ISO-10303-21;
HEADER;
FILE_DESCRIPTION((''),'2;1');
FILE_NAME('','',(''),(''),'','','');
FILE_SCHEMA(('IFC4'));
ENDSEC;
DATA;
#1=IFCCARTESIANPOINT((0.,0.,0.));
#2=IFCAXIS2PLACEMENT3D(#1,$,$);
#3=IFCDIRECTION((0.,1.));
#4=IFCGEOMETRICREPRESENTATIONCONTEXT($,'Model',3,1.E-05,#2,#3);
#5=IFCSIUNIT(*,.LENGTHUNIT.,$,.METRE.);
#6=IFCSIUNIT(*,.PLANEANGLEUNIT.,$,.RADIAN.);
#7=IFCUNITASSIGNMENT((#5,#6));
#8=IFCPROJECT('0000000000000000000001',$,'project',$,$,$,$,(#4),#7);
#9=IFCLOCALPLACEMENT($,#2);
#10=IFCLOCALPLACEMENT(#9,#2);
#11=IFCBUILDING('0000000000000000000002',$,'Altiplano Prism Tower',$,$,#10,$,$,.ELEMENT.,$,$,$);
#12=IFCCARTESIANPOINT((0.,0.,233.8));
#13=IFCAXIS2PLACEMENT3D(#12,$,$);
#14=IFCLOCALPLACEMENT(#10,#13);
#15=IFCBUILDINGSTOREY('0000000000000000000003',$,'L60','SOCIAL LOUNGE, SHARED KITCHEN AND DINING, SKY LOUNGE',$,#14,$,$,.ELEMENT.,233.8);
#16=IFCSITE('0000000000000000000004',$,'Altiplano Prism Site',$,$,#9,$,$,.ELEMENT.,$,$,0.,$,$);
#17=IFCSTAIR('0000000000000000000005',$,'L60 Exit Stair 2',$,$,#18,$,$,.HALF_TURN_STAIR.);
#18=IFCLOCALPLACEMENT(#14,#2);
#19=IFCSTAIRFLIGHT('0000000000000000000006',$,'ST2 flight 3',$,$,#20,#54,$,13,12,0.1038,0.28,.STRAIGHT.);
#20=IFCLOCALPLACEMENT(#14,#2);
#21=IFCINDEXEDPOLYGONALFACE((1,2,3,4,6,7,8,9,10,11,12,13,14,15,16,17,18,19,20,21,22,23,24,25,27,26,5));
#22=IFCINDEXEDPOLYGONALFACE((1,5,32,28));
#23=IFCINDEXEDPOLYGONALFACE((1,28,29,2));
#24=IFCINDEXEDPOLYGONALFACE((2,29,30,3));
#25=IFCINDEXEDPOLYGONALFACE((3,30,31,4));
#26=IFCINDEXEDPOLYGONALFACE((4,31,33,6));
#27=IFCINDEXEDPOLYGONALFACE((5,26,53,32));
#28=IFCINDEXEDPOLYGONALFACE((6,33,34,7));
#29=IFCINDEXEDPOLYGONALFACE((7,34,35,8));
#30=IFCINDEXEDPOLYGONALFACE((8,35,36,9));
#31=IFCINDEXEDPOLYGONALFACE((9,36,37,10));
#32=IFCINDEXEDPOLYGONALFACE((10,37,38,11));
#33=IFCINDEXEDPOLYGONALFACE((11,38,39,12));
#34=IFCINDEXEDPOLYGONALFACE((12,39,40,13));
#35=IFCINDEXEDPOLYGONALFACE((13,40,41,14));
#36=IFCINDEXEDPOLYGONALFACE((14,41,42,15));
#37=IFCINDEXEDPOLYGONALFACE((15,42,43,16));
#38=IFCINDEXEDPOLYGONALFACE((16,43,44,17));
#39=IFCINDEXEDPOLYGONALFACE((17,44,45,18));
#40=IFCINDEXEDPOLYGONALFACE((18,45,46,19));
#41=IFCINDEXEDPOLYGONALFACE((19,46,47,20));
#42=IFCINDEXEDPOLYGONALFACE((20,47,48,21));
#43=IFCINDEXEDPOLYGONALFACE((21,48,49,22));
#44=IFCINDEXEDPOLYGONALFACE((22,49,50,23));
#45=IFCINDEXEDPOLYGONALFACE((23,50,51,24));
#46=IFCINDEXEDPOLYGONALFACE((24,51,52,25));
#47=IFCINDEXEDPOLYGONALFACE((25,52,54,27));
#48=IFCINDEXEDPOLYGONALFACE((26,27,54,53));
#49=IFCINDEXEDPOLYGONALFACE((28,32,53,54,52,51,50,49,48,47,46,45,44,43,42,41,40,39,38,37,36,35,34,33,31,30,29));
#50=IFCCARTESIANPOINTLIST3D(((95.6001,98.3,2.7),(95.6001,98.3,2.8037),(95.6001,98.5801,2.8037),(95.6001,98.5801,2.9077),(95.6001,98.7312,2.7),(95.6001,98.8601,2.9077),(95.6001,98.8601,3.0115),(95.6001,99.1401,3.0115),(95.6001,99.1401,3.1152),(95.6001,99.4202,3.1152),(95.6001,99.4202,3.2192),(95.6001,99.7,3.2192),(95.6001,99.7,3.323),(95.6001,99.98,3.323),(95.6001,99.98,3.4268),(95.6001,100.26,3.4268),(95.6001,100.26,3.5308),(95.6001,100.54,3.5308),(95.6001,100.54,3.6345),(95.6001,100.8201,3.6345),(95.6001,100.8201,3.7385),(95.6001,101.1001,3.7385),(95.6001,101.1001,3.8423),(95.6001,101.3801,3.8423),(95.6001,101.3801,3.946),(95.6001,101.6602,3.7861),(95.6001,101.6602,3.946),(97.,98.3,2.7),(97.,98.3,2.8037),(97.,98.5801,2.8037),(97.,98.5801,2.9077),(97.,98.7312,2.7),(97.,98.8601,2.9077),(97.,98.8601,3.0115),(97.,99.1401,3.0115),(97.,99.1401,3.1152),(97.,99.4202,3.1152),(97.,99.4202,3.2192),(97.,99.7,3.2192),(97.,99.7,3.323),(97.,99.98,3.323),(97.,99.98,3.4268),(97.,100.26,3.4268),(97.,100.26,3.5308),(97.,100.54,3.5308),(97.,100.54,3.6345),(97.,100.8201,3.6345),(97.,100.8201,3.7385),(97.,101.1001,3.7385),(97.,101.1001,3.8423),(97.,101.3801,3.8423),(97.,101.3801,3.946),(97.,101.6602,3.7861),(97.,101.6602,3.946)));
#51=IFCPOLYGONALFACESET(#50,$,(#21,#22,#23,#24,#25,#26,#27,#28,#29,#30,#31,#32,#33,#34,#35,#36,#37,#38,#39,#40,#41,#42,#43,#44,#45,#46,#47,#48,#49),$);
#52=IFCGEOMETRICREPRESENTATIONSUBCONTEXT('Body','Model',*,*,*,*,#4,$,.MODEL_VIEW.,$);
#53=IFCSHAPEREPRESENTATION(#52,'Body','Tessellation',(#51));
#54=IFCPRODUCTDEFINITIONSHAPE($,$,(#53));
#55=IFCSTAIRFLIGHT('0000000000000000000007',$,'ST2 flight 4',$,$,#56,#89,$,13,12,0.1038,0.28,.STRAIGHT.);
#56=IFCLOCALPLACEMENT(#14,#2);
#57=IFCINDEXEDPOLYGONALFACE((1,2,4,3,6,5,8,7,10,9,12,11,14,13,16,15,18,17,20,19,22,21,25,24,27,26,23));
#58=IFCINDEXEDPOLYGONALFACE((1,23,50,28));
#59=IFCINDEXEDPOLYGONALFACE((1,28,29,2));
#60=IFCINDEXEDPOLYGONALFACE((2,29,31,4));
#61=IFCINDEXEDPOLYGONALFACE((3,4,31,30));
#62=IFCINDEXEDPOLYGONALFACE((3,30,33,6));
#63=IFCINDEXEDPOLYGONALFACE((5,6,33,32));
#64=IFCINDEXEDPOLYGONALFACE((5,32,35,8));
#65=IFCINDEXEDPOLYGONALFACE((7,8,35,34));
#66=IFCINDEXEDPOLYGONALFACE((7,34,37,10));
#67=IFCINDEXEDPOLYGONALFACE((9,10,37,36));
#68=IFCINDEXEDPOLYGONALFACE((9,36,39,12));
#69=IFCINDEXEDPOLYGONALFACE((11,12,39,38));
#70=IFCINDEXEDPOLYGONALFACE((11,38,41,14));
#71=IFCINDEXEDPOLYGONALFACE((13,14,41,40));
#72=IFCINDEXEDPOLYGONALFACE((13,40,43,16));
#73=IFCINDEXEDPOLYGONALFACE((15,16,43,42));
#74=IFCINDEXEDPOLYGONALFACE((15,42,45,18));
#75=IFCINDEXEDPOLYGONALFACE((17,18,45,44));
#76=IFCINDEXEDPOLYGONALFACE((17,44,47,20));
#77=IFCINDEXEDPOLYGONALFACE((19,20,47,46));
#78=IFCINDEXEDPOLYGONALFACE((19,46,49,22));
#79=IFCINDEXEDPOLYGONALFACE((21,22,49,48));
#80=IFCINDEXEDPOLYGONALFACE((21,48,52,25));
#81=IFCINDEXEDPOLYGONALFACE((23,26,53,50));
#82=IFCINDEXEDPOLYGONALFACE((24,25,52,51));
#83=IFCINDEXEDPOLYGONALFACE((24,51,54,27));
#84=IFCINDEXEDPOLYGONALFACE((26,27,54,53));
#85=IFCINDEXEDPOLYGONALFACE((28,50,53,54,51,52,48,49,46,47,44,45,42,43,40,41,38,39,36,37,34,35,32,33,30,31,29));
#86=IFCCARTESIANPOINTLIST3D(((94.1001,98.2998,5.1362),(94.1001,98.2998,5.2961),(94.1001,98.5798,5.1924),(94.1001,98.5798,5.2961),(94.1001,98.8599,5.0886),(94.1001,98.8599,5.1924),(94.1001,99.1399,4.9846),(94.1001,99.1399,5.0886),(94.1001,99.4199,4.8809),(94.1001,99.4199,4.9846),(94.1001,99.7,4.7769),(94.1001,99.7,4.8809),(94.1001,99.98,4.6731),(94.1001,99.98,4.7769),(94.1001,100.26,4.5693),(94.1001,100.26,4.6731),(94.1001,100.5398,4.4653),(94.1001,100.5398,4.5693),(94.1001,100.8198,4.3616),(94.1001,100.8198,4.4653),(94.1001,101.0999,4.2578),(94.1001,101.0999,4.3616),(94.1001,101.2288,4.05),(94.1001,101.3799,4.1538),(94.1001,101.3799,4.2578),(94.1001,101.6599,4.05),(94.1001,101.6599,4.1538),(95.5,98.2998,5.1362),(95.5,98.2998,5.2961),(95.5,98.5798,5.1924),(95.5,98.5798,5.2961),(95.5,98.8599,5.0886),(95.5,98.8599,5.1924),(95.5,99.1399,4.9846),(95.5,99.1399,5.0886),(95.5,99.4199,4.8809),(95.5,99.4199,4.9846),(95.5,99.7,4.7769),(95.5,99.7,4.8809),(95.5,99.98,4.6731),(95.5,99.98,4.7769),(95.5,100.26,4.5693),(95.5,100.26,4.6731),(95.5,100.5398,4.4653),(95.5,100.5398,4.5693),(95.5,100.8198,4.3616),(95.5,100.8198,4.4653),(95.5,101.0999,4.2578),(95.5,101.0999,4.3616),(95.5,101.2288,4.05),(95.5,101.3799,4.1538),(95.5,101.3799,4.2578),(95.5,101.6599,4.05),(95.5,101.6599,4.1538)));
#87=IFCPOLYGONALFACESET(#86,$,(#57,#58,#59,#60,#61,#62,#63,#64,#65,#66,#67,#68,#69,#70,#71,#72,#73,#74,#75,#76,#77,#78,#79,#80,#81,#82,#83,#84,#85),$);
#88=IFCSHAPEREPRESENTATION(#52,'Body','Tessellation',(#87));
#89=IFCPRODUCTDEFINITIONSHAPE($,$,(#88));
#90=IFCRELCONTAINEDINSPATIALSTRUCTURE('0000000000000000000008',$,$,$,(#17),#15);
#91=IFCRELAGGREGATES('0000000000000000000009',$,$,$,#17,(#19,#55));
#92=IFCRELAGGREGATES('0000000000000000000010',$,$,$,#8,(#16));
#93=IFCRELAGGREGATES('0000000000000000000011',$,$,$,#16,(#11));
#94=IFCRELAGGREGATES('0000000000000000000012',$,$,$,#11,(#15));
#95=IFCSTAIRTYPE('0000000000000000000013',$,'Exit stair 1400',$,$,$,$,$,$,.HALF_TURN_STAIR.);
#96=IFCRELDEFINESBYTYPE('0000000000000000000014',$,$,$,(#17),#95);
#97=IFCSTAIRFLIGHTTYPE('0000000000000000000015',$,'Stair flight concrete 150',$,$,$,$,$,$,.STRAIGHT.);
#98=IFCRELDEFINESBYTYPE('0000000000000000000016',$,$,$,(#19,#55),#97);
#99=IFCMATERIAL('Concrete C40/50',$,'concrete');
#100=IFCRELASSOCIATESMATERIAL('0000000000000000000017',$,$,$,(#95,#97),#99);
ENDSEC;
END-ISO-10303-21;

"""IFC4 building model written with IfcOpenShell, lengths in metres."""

from ifc_helpers import new_model, si_unit, direction, frame, origin, place, context, subcontext, project, spatial, polyline, outline, extrude, material, type_object, element, aggregate, save


model = new_model("IFC4")

# Units and contexts
model_context = context("Model", 3, precision=1e-05, world=origin(), true_north=direction((0.0, 1.0)))
body_context = subcontext(model_context, "Body", "Model", "MODEL_VIEW")
ifc_project = project(units=[si_unit("LENGTHUNIT", "METRE"), si_unit("PLANEANGLEUNIT", "RADIAN")], contexts=[model_context])

# Site, building, storey
site_placement = place(None, origin())
site = spatial("IfcSite", under=ifc_project, at=site_placement, Name="Altiplano Prism Site", CompositionType="ELEMENT", RefElevation=0.0)
building_placement = place(site_placement, origin())
building = spatial("IfcBuilding", under=site, at=building_placement, Name="Altiplano Prism Tower", CompositionType="ELEMENT")
storey_placement = place(building_placement, frame((0.0, 0.0, 233.8)))
storey = spatial("IfcBuildingStorey", under=building, at=storey_placement, Name="L60", Description="SOCIAL LOUNGE, SHARED KITCHEN AND DINING, SKY LOUNGE", CompositionType="ELEMENT", Elevation=233.8)

# Stair, stair flights
ifc_material_1 = material(Name="Concrete C40/50", Category="concrete")
stair_type = type_object("IfcStairType", Name="Exit stair 1400", PredefinedType="HALF_TURN_STAIR", material=ifc_material_1)
stair_placement = place(storey_placement, origin())
stair = element("IfcStair", 1, at=stair_placement, inside=storey, type_object=stair_type, Name="L60 Exit Stair 2", PredefinedType="HALF_TURN_STAIR")
stair_flight_type = type_object("IfcStairFlightType", Name="Stair flight concrete 150", PredefinedType="STRAIGHT", material=ifc_material_1)
stair_flight_1_placement = place(storey_placement, frame((96.3, 98.3, 2.7), z_axis=(0.0, 0.0, 1.0), x_axis=(0.0, 1.0, 0.0)))
stair_flight_1 = element("IfcStairFlight", 2, at=stair_flight_1_placement, type_object=stair_flight_type, Name="ST2 flight 3", NumberOfRisers=13, NumberOfTreads=12, PredefinedType="STRAIGHT", RiserHeight=0.1038, TreadLength=0.28, context=body_context, shape_type="SweptSolid", body=[
    extrude(outline(polyline([(0.0, 0.0), (0.0, 0.1038), (0.28, 0.1038), (0.28, 0.2078), (0.5601, 0.2078), (0.5601, 0.3115), (0.8401, 0.3115), (0.8401, 0.4153), (1.1201, 0.4153), (1.1201, 0.5193), (1.3999, 0.5193), (1.3999, 0.623), (1.6799, 0.623), (1.6799, 0.7268), (1.96, 0.7268), (1.96, 0.8308), (2.24, 0.8308), (2.24, 0.9346), (2.52, 0.9346), (2.52, 1.0386), (2.8, 1.0386), (2.8, 1.1423), (3.0801, 1.1423), (3.0801, 1.2461), (3.3601, 1.2461), (3.3601, 1.3501), (3.3601, 1.0862), (0.4312, 0.0), (0.0, 0.0)])), frame((0.0, 0.7, 0.0), z_axis=(0.0, -1.0, 0.0), x_axis=(1.0, 0.0, 0.0)), (0.0, 0.0, 1.0), 1.3999),
])
stair_flight_2_placement = place(storey_placement, frame((94.8, 101.6599, 4.05), z_axis=(0.0, 0.0, 1.0), x_axis=(0.0, -1.0, 0.0)))
stair_flight_2 = element("IfcStairFlight", 3, at=stair_flight_2_placement, type_object=stair_flight_type, Name="ST2 flight 4", NumberOfRisers=13, NumberOfTreads=12, PredefinedType="STRAIGHT", RiserHeight=0.1038, TreadLength=0.28, context=body_context, shape_type="SweptSolid", body=[
    extrude(outline(polyline([(0.0, 0.0), (0.0, 0.1038), (0.28, 0.1038), (0.28, 0.2078), (0.5601, 0.2078), (0.5601, 0.3115), (0.8401, 0.3115), (0.8401, 0.4153), (1.1201, 0.4153), (1.1201, 0.5193), (1.3999, 0.5193), (1.3999, 0.623), (1.6799, 0.623), (1.6799, 0.7268), (1.96, 0.7268), (1.96, 0.8308), (2.24, 0.8308), (2.24, 0.9346), (2.52, 0.9346), (2.52, 1.0386), (2.8, 1.0386), (2.8, 1.1423), (3.0801, 1.1423), (3.0801, 1.2461), (3.3601, 1.2461), (3.3601, 1.3501), (3.3601, 1.0862), (0.4312, 0.0), (0.0, 0.0)])), frame((0.0, 0.7, 0.0), z_axis=(0.0, -1.0, 0.0), x_axis=(1.0, 0.0, 0.0)), (0.0, 0.0, 1.0), 1.3999),
])
aggregate(stair, [stair_flight_1, stair_flight_2])

save(model, "model.ifc")
